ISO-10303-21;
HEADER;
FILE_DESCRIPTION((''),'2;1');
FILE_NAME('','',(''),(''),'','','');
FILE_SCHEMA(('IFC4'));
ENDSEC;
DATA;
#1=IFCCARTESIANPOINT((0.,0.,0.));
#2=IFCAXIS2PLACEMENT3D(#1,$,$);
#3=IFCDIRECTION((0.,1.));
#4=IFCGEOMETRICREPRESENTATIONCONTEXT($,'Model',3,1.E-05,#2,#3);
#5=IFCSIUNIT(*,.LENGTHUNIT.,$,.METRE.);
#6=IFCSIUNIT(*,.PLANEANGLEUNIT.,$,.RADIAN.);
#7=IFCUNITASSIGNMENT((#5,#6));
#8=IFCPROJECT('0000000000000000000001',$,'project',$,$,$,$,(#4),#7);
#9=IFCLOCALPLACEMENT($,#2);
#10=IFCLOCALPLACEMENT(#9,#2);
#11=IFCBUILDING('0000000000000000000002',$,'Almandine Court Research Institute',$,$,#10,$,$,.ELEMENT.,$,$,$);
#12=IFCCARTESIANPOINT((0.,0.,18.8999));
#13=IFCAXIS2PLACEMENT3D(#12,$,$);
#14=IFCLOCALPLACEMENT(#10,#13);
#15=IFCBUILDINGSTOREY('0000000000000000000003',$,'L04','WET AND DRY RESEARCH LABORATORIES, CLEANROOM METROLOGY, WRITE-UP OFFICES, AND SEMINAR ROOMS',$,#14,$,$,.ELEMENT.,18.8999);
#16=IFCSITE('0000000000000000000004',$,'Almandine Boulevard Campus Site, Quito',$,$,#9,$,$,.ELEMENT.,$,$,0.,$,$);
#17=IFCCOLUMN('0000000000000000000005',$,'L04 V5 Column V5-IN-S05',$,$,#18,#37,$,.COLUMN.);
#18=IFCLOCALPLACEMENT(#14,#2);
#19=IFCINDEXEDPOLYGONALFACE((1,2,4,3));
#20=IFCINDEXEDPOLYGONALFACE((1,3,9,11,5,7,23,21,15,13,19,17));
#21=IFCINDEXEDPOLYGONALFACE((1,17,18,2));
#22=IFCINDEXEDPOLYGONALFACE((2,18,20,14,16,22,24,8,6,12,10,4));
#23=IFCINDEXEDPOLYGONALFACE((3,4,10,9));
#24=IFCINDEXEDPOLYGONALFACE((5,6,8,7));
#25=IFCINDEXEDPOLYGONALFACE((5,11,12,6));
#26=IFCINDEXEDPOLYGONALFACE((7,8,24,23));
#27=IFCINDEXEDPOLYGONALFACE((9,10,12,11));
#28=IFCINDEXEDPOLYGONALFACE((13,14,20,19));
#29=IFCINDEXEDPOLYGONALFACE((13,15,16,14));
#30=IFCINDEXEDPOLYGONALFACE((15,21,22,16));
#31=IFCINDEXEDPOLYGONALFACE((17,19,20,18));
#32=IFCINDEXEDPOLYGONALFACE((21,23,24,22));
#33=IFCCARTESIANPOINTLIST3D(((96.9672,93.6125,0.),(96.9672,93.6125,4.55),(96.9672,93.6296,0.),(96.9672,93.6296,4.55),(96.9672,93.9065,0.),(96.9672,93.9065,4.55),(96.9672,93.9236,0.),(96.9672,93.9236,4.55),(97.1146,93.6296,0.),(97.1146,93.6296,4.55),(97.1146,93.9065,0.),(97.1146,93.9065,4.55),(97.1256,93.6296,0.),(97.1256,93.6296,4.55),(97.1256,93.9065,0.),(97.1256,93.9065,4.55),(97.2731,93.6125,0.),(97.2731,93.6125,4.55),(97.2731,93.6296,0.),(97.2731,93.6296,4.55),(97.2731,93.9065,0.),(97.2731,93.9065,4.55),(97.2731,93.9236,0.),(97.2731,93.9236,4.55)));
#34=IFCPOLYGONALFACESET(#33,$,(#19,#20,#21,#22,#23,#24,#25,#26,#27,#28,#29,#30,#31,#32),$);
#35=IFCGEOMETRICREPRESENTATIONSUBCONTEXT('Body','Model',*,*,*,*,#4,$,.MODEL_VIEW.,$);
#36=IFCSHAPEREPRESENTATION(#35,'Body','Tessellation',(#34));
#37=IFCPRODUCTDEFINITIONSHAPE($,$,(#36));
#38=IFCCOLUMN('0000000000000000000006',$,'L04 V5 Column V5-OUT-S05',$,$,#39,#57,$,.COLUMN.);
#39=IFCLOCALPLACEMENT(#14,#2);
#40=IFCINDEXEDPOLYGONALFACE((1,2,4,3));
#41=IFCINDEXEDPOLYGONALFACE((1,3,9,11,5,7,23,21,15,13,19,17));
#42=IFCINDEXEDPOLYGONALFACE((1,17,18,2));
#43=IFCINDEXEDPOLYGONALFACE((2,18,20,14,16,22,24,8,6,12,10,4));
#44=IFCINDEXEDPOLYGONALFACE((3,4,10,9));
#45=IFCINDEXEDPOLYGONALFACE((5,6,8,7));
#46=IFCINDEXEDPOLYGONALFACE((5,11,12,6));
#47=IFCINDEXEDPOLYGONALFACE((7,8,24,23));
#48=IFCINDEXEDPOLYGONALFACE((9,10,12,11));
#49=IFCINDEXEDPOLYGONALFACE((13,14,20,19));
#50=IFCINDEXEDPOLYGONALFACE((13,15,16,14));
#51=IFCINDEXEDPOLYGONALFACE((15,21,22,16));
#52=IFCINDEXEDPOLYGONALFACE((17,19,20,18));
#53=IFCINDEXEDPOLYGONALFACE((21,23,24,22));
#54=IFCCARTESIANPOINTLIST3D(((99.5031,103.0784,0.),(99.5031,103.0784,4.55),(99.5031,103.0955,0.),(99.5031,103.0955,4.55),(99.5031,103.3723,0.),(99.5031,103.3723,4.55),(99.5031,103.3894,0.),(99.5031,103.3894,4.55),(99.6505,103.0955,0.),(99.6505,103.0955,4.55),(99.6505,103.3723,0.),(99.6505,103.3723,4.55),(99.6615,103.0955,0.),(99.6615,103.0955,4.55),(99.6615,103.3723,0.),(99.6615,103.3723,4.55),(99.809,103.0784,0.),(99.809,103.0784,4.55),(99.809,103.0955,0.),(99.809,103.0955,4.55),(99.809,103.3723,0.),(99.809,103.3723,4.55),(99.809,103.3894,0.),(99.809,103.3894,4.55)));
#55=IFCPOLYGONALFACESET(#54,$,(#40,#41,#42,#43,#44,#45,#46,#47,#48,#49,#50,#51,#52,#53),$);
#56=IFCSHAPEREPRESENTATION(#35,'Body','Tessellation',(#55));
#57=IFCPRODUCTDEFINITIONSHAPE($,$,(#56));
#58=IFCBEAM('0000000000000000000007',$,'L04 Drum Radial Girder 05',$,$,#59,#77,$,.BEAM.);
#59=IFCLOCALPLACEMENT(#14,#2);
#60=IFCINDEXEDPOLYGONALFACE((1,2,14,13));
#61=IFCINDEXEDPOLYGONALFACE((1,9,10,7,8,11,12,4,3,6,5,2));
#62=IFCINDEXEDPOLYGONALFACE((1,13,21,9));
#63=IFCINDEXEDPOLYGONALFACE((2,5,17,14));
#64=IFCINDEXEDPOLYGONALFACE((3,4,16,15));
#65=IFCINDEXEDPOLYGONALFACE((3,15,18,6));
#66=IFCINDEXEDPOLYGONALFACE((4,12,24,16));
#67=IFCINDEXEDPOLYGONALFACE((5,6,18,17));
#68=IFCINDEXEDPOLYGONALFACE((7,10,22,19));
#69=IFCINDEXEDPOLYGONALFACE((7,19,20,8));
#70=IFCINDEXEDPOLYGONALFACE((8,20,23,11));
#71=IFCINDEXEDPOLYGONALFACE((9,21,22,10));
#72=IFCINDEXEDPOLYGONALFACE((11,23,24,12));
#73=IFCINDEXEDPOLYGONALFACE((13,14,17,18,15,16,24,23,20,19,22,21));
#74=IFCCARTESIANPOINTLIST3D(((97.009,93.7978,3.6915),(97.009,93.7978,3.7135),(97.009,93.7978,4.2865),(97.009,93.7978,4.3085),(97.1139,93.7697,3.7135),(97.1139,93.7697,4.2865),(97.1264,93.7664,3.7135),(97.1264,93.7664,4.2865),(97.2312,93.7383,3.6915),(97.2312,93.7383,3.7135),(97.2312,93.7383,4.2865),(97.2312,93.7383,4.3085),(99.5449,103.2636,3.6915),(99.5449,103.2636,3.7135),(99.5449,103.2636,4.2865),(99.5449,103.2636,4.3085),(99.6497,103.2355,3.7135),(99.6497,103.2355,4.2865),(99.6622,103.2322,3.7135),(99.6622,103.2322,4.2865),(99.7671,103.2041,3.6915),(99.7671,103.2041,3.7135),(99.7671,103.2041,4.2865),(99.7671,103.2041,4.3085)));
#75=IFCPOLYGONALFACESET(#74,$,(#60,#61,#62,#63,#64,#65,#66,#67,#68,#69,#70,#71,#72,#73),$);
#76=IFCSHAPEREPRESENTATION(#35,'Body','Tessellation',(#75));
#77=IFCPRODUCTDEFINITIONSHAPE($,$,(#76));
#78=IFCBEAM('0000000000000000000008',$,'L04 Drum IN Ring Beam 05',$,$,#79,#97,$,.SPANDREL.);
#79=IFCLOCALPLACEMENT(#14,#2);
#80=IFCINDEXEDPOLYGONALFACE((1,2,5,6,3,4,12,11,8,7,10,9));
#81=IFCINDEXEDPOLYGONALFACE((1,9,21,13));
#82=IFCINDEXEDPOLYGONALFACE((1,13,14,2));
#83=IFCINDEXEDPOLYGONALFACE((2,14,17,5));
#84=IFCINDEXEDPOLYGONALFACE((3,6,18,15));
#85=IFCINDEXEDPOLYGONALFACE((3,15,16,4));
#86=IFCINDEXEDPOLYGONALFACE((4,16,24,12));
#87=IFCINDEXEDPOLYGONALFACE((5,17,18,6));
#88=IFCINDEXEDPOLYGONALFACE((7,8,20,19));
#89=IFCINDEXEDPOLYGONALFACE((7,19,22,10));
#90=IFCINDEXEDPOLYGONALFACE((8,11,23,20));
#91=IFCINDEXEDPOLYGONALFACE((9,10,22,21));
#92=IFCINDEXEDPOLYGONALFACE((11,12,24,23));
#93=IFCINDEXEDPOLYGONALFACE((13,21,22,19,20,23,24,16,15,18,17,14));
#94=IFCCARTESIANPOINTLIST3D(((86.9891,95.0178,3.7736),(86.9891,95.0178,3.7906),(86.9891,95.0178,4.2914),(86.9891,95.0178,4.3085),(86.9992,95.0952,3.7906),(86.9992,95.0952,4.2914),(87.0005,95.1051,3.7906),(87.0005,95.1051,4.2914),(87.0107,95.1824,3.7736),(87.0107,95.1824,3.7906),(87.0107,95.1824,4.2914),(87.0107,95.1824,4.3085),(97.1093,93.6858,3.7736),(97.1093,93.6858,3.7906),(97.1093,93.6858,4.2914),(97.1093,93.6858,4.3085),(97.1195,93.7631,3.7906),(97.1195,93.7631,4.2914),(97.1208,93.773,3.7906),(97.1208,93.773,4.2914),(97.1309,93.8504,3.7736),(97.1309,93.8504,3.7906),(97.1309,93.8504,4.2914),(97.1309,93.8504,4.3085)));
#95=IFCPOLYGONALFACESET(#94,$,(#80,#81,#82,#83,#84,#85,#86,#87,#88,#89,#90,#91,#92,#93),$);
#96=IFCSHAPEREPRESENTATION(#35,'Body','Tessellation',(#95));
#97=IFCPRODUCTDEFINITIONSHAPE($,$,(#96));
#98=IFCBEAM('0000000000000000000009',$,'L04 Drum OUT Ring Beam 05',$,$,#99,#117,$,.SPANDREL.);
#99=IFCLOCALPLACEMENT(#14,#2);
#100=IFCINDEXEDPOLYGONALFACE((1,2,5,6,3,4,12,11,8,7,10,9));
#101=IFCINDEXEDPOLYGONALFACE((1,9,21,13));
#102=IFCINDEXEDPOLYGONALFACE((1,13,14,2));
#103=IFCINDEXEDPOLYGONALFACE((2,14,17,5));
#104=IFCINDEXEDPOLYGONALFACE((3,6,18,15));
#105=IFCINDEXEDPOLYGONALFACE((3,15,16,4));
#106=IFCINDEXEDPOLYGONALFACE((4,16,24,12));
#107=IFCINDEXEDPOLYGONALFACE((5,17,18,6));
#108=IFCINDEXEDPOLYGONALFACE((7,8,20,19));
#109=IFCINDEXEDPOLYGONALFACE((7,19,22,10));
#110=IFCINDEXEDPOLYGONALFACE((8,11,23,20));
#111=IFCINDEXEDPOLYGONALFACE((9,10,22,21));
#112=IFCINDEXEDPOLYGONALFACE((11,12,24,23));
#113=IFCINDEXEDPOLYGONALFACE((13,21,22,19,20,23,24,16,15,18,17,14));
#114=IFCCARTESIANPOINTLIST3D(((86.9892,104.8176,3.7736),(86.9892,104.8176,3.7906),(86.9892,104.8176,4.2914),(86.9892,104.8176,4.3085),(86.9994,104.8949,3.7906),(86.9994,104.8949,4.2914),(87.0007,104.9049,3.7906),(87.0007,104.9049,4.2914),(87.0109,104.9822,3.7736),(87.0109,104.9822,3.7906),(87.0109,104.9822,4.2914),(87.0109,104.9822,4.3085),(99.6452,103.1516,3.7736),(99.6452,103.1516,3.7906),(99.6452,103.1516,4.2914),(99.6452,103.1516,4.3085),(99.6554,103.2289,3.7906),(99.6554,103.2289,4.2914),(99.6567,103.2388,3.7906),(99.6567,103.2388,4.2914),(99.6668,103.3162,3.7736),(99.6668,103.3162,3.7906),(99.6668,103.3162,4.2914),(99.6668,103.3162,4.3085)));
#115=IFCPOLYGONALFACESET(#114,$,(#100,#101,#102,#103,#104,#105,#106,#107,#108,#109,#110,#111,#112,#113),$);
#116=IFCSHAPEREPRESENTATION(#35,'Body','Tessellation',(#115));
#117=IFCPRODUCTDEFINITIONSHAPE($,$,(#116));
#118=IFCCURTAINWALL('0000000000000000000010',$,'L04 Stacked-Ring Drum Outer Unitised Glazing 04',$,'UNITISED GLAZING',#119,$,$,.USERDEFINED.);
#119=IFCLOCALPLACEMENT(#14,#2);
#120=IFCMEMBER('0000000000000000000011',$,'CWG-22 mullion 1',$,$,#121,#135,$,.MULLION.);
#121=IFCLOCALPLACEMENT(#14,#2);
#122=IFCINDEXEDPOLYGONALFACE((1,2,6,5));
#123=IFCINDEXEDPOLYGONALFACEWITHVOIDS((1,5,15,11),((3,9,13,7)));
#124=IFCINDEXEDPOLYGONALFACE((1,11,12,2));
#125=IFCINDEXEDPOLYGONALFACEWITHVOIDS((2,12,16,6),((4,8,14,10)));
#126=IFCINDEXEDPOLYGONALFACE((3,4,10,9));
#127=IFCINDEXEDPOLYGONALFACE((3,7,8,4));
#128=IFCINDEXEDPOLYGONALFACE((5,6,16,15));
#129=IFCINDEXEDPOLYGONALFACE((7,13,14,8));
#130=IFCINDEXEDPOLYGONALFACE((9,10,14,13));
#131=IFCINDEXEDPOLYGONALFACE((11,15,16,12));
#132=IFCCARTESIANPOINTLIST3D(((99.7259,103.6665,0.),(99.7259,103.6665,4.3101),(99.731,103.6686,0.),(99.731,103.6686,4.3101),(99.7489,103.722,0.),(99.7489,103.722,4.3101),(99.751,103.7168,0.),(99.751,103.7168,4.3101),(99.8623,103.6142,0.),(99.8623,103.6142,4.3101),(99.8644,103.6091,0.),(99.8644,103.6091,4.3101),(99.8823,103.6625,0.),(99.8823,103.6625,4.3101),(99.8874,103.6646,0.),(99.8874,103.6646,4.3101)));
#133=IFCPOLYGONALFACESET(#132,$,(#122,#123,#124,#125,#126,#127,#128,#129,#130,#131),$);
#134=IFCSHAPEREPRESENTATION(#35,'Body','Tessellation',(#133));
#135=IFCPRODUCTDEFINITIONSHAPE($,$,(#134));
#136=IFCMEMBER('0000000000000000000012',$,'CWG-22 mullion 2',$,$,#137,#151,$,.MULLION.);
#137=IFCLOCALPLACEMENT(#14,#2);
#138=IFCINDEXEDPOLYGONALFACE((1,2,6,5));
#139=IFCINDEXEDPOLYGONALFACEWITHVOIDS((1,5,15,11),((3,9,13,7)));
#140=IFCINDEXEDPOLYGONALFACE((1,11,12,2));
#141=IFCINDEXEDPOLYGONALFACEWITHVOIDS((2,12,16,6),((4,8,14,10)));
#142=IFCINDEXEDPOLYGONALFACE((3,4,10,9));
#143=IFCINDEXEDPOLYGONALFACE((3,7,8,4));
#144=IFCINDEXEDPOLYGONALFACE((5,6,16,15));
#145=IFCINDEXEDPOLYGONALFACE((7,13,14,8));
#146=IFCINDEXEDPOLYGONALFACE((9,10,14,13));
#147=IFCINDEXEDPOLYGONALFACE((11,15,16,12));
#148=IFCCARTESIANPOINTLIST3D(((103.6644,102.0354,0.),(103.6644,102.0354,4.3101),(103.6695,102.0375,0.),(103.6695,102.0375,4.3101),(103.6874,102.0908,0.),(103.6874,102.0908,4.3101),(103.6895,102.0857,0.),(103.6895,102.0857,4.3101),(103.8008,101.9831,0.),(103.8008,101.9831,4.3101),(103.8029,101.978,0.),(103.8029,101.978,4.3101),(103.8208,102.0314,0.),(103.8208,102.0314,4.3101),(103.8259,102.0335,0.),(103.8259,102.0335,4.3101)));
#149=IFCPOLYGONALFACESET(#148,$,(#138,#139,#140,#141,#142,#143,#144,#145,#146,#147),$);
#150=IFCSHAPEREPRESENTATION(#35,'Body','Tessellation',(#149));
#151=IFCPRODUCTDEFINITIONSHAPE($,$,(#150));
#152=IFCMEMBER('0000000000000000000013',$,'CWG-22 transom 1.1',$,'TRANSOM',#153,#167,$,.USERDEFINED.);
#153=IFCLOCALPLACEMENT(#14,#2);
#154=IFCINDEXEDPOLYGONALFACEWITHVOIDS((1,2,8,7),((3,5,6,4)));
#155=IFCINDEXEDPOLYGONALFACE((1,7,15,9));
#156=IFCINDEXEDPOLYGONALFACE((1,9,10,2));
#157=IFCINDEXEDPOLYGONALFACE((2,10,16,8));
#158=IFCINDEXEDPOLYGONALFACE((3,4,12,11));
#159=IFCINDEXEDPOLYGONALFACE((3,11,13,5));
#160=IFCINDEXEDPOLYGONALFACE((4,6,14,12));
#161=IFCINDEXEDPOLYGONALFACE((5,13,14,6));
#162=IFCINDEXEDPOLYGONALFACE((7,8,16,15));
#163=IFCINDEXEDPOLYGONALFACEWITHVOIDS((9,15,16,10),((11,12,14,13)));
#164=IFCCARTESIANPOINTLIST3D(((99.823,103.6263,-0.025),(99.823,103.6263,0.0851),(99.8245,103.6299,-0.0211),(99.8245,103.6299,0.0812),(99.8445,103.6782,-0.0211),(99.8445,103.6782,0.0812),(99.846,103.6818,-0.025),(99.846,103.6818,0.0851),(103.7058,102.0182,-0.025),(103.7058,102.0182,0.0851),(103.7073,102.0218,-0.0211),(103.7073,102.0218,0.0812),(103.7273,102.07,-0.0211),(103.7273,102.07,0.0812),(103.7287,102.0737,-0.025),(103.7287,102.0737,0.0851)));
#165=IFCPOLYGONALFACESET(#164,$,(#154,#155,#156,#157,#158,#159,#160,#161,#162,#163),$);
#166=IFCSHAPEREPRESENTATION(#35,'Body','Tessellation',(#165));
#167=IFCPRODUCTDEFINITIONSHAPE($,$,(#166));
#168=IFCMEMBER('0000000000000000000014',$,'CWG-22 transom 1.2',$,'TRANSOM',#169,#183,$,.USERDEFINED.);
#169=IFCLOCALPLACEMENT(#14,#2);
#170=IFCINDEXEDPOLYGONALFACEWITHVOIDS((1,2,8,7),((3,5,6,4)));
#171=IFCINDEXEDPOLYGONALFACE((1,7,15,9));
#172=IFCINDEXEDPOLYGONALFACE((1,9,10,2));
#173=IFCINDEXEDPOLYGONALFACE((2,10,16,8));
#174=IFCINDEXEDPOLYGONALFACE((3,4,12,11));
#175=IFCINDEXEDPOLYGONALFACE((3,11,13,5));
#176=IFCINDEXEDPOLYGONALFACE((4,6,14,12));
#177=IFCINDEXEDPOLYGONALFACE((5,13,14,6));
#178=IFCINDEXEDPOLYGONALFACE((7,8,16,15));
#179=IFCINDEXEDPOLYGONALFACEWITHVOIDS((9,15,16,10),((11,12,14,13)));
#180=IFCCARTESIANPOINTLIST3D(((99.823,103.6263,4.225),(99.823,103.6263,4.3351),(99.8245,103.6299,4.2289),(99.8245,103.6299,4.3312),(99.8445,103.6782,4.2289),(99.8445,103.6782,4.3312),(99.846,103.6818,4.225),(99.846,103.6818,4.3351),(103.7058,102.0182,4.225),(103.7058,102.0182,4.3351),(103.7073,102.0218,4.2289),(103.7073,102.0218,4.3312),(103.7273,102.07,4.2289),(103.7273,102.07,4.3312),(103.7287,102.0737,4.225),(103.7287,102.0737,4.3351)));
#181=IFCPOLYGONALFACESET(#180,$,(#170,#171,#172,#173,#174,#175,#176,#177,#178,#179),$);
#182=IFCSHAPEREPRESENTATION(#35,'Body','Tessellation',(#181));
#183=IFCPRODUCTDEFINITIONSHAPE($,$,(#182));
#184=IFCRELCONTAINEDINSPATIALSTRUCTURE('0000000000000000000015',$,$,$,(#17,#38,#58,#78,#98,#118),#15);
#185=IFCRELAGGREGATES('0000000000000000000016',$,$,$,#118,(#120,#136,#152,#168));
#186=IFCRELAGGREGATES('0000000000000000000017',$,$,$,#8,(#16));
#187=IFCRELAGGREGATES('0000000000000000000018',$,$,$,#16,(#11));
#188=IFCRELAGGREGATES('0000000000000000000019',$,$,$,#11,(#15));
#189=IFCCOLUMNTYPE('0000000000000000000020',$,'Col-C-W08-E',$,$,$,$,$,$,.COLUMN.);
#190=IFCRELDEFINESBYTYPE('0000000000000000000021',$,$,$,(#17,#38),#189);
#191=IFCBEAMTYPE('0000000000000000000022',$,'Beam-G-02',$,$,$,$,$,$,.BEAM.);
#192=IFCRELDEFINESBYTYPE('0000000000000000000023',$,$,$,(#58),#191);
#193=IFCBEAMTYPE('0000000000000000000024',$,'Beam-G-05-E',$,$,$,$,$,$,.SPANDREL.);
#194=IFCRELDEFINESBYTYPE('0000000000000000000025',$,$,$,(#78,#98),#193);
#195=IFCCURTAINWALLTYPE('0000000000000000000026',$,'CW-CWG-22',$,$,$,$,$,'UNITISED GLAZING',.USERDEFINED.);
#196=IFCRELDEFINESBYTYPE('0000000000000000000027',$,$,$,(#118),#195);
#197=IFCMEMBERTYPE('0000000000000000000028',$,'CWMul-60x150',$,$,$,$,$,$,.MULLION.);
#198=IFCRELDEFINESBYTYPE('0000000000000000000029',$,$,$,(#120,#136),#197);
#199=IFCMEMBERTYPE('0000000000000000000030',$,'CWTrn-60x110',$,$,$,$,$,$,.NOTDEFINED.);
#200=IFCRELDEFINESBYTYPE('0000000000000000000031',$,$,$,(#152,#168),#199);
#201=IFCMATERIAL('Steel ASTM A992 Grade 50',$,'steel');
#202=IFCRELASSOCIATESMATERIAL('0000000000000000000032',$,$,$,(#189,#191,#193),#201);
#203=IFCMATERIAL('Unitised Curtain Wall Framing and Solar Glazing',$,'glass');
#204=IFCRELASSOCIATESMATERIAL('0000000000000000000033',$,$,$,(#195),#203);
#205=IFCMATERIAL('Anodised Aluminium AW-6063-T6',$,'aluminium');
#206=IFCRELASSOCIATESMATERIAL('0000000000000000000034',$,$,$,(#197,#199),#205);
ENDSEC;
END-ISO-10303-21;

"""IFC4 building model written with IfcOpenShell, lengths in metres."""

from ifc_helpers import new_model, si_unit, direction, frame, origin, origin_2d, place, context, subcontext, project, spatial, hollow_rectangle, i_section, extrude, material, material_profile, profile_set, type_object, element, aggregate, save


model = new_model("IFC4")

# Units and contexts
model_context = context("Model", 3, precision=1e-05, world=origin(), true_north=direction((0.0, 1.0)))
body_context = subcontext(model_context, "Body", "Model", "MODEL_VIEW")
ifc_project = project(units=[si_unit("LENGTHUNIT", "METRE"), si_unit("PLANEANGLEUNIT", "RADIAN")], contexts=[model_context])

# Site, building, storey
site_placement = place(None, origin())
site = spatial("IfcSite", under=ifc_project, at=site_placement, Name="Almandine Boulevard Campus Site, Quito", CompositionType="ELEMENT", RefElevation=0.0)
building_placement = place(site_placement, origin())
building = spatial("IfcBuilding", under=site, at=building_placement, Name="Almandine Court Research Institute", CompositionType="ELEMENT")
storey_placement = place(building_placement, frame((0.0, 0.0, 18.8999)))
storey = spatial("IfcBuildingStorey", under=building, at=storey_placement, Name="L04", Description="WET AND DRY RESEARCH LABORATORIES, CLEANROOM METROLOGY, WRITE-UP OFFICES, AND SEMINAR ROOMS", CompositionType="ELEMENT", Elevation=18.8999)

# Columns
ifc_material_1 = material(Name="Steel ASTM A992 Grade 50", Category="steel")
ifc_material_profile_1 = material_profile(ifc_material_1, i_section(OverallWidth=0.3059, OverallDepth=0.311, WebThickness=0.011, FlangeThickness=0.0171, at=origin_2d()), Name="W310x107")
ifc_profile_set_1 = profile_set([ifc_material_profile_1], Name="Steel ASTM A992 Grade 50")
column_type = type_object("IfcColumnType", Name="Col-C-W08-E", PredefinedType="COLUMN", material=ifc_profile_set_1)
for number, where, z_axis, x_axis, name in (
    (1, (97.1201, 93.7681, 0.0), (0.0, 0.0, 1.0), (1.0, 0.0, 0.0), "L04 V5 Column V5-IN-S05"),
    (2, (99.656, 103.2339, 0.0), (0.0, 0.0, 1.0), (1.0, 0.0, 0.0), "L04 V5 Column V5-OUT-S05"),
):
    element("IfcColumn", number, at=place(storey_placement, frame(where, z_axis=z_axis, x_axis=x_axis)), inside=storey, type_object=column_type, Name=name, PredefinedType="COLUMN", context=body_context, shape_type="SweptSolid", body=[
        extrude(i_section(OverallWidth=0.3059, OverallDepth=0.311, WebThickness=0.011, FlangeThickness=0.0171, at=origin_2d()), origin(), (0.0, 0.0, 1.0), 4.55),
    ])

# Beams
ifc_material_profile_2 = material_profile(ifc_material_1, i_section(OverallWidth=0.23, OverallDepth=0.6169, WebThickness=0.0129, FlangeThickness=0.022, at=origin_2d()), Name="W610x140")
ifc_profile_set_2 = profile_set([ifc_material_profile_2], Name="Steel ASTM A992 Grade 50")
beam_type_1 = type_object("IfcBeamType", Name="Beam-G-02", PredefinedType="BEAM", material=ifc_profile_set_2)
beam_1_placement = place(storey_placement, frame((97.1201, 93.7681, 4.0), z_axis=(0.258774, 0.965938, 0.0), x_axis=(-0.965938, 0.258774, 0.0)))
element("IfcBeam", 3, at=beam_1_placement, inside=storey, type_object=beam_type_1, Name="L04 Drum Radial Girder 05", PredefinedType="BEAM", context=body_context, shape_type="SweptSolid", body=[
    extrude(i_section(OverallWidth=0.23, OverallDepth=0.6169, WebThickness=0.0129, FlangeThickness=0.022, at=origin_2d()), origin(), (0.0, 0.0, 1.0), 9.7996),
])
ifc_material_profile_3 = material_profile(ifc_material_1, i_section(OverallWidth=0.166, OverallDepth=0.5349, WebThickness=0.01, FlangeThickness=0.0171, at=origin_2d()), Name="W530x85")
ifc_profile_set_3 = profile_set([ifc_material_profile_3], Name="Steel ASTM A992 Grade 50")
beam_type_2 = type_object("IfcBeamType", Name="Beam-G-05-E", PredefinedType="SPANDREL", material=ifc_profile_set_3)
beam_2_placement = place(storey_placement, frame((97.1201, 93.7681, 4.041), z_axis=(-0.991449, 0.130497, 0.0), x_axis=(-0.130497, -0.991449, 0.0)))
element("IfcBeam", 4, at=beam_2_placement, inside=storey, type_object=beam_type_2, Name="L04 Drum IN Ring Beam 05", PredefinedType="SPANDREL", context=body_context, shape_type="SweptSolid", body=[
    extrude(i_section(OverallWidth=0.166, OverallDepth=0.5349, WebThickness=0.01, FlangeThickness=0.0171, at=origin_2d()), origin(), (0.0, 0.0, 1.0), 10.2075),
])
beam_3_placement = place(storey_placement, frame((99.656, 103.2339, 4.041), z_axis=(-0.991447, 0.130512, 0.0), x_axis=(-0.130512, -0.991447, 0.0)))
element("IfcBeam", 5, at=beam_3_placement, inside=storey, type_object=beam_type_2, Name="L04 Drum OUT Ring Beam 05", PredefinedType="SPANDREL", context=body_context, shape_type="SweptSolid", body=[
    extrude(i_section(OverallWidth=0.166, OverallDepth=0.5349, WebThickness=0.01, FlangeThickness=0.0171, at=origin_2d()), origin(), (0.0, 0.0, 1.0), 12.7651),
])

# Curtain wall, members
ifc_material_2 = material(Name="Unitised Curtain Wall Framing and Solar Glazing", Category="glass")
curtain_wall_type = type_object("IfcCurtainWallType", Name="CW-CWG-22", ElementType="UNITISED GLAZING", PredefinedType="USERDEFINED", material=ifc_material_2)
curtain_wall_placement = place(storey_placement, origin())
curtain_wall = element("IfcCurtainWall", 6, at=curtain_wall_placement, inside=storey, type_object=curtain_wall_type, Name="L04 Stacked-Ring Drum Outer Unitised Glazing 04", ObjectType="UNITISED GLAZING", PredefinedType="USERDEFINED")
ifc_material_3 = material(Name="Anodised Aluminium AW-6063-T6", Category="aluminium")
ifc_material_profile_4 = material_profile(ifc_material_3, hollow_rectangle(XDim=0.0601, YDim=0.1499, WallThickness=0.0039, at=origin_2d()), Name="ALU RHS 60x150x4")
ifc_profile_set_4 = profile_set([ifc_material_profile_4], Name="Anodised Aluminium AW-6063-T6")
member_type_1 = type_object("IfcMemberType", Name="CWMul-60x150", PredefinedType="MULLION", material=ifc_profile_set_4)
member_1_placement = place(storey_placement, frame((99.8066, 103.6655, 0.0), z_axis=(0.0, 0.0, 1.0), x_axis=(0.382663, 0.923888, 0.0)))
member_1 = element("IfcMember", 7, at=member_1_placement, type_object=member_type_1, Name="CWG-22 mullion 1", PredefinedType="MULLION", context=body_context, shape_type="SweptSolid", body=[
    extrude(hollow_rectangle(XDim=0.0601, YDim=0.1499, WallThickness=0.0039, at=origin_2d()), origin(), (0.0, 0.0, 1.0), 4.3101),
])
member_2_placement = place(storey_placement, frame((103.7451, 102.0344, 0.0), z_axis=(0.0, 0.0, 1.0), x_axis=(0.382663, 0.923888, 0.0)))
member_2 = element("IfcMember", 8, at=member_2_placement, type_object=member_type_1, Name="CWG-22 mullion 2", PredefinedType="MULLION", context=body_context, shape_type="SweptSolid", body=[
    extrude(hollow_rectangle(XDim=0.0601, YDim=0.1499, WallThickness=0.0039, at=origin_2d()), origin(), (0.0, 0.0, 1.0), 4.3101),
])
ifc_material_profile_5 = material_profile(ifc_material_3, hollow_rectangle(XDim=0.0601, YDim=0.1101, WallThickness=0.0039, at=origin_2d()), Name="ALU RHS 60x110x4")
ifc_profile_set_5 = profile_set([ifc_material_profile_5], Name="Anodised Aluminium AW-6063-T6")
member_type_2 = type_object("IfcMemberType", Name="CWTrn-60x110", PredefinedType="NOTDEFINED", material=ifc_profile_set_5)
member_3_placement = place(storey_placement, frame((99.8345, 103.6541, 0.03), z_axis=(0.923893, -0.382651, 0.0), x_axis=(0.382651, 0.923893, 0.0)))
member_3 = element("IfcMember", 9, at=member_3_placement, type_object=member_type_2, Name="CWG-22 transom 1.1", ObjectType="TRANSOM", PredefinedType="USERDEFINED", context=body_context, shape_type="SweptSolid", body=[
    extrude(hollow_rectangle(XDim=0.0601, YDim=0.1101, WallThickness=0.0039, at=origin_2d()), origin(), (0.0, 0.0, 1.0), 4.2026),
])
member_4_placement = place(storey_placement, frame((99.8345, 103.6541, 4.28), z_axis=(0.923893, -0.382651, 0.0), x_axis=(0.382651, 0.923893, 0.0)))
member_4 = element("IfcMember", 10, at=member_4_placement, type_object=member_type_2, Name="CWG-22 transom 1.2", ObjectType="TRANSOM", PredefinedType="USERDEFINED", context=body_context, shape_type="SweptSolid", body=[
    extrude(hollow_rectangle(XDim=0.0601, YDim=0.1101, WallThickness=0.0039, at=origin_2d()), origin(), (0.0, 0.0, 1.0), 4.2026),
])
aggregate(curtain_wall, [member_1, member_2, member_3, member_4])

save(model, "model.ifc")
